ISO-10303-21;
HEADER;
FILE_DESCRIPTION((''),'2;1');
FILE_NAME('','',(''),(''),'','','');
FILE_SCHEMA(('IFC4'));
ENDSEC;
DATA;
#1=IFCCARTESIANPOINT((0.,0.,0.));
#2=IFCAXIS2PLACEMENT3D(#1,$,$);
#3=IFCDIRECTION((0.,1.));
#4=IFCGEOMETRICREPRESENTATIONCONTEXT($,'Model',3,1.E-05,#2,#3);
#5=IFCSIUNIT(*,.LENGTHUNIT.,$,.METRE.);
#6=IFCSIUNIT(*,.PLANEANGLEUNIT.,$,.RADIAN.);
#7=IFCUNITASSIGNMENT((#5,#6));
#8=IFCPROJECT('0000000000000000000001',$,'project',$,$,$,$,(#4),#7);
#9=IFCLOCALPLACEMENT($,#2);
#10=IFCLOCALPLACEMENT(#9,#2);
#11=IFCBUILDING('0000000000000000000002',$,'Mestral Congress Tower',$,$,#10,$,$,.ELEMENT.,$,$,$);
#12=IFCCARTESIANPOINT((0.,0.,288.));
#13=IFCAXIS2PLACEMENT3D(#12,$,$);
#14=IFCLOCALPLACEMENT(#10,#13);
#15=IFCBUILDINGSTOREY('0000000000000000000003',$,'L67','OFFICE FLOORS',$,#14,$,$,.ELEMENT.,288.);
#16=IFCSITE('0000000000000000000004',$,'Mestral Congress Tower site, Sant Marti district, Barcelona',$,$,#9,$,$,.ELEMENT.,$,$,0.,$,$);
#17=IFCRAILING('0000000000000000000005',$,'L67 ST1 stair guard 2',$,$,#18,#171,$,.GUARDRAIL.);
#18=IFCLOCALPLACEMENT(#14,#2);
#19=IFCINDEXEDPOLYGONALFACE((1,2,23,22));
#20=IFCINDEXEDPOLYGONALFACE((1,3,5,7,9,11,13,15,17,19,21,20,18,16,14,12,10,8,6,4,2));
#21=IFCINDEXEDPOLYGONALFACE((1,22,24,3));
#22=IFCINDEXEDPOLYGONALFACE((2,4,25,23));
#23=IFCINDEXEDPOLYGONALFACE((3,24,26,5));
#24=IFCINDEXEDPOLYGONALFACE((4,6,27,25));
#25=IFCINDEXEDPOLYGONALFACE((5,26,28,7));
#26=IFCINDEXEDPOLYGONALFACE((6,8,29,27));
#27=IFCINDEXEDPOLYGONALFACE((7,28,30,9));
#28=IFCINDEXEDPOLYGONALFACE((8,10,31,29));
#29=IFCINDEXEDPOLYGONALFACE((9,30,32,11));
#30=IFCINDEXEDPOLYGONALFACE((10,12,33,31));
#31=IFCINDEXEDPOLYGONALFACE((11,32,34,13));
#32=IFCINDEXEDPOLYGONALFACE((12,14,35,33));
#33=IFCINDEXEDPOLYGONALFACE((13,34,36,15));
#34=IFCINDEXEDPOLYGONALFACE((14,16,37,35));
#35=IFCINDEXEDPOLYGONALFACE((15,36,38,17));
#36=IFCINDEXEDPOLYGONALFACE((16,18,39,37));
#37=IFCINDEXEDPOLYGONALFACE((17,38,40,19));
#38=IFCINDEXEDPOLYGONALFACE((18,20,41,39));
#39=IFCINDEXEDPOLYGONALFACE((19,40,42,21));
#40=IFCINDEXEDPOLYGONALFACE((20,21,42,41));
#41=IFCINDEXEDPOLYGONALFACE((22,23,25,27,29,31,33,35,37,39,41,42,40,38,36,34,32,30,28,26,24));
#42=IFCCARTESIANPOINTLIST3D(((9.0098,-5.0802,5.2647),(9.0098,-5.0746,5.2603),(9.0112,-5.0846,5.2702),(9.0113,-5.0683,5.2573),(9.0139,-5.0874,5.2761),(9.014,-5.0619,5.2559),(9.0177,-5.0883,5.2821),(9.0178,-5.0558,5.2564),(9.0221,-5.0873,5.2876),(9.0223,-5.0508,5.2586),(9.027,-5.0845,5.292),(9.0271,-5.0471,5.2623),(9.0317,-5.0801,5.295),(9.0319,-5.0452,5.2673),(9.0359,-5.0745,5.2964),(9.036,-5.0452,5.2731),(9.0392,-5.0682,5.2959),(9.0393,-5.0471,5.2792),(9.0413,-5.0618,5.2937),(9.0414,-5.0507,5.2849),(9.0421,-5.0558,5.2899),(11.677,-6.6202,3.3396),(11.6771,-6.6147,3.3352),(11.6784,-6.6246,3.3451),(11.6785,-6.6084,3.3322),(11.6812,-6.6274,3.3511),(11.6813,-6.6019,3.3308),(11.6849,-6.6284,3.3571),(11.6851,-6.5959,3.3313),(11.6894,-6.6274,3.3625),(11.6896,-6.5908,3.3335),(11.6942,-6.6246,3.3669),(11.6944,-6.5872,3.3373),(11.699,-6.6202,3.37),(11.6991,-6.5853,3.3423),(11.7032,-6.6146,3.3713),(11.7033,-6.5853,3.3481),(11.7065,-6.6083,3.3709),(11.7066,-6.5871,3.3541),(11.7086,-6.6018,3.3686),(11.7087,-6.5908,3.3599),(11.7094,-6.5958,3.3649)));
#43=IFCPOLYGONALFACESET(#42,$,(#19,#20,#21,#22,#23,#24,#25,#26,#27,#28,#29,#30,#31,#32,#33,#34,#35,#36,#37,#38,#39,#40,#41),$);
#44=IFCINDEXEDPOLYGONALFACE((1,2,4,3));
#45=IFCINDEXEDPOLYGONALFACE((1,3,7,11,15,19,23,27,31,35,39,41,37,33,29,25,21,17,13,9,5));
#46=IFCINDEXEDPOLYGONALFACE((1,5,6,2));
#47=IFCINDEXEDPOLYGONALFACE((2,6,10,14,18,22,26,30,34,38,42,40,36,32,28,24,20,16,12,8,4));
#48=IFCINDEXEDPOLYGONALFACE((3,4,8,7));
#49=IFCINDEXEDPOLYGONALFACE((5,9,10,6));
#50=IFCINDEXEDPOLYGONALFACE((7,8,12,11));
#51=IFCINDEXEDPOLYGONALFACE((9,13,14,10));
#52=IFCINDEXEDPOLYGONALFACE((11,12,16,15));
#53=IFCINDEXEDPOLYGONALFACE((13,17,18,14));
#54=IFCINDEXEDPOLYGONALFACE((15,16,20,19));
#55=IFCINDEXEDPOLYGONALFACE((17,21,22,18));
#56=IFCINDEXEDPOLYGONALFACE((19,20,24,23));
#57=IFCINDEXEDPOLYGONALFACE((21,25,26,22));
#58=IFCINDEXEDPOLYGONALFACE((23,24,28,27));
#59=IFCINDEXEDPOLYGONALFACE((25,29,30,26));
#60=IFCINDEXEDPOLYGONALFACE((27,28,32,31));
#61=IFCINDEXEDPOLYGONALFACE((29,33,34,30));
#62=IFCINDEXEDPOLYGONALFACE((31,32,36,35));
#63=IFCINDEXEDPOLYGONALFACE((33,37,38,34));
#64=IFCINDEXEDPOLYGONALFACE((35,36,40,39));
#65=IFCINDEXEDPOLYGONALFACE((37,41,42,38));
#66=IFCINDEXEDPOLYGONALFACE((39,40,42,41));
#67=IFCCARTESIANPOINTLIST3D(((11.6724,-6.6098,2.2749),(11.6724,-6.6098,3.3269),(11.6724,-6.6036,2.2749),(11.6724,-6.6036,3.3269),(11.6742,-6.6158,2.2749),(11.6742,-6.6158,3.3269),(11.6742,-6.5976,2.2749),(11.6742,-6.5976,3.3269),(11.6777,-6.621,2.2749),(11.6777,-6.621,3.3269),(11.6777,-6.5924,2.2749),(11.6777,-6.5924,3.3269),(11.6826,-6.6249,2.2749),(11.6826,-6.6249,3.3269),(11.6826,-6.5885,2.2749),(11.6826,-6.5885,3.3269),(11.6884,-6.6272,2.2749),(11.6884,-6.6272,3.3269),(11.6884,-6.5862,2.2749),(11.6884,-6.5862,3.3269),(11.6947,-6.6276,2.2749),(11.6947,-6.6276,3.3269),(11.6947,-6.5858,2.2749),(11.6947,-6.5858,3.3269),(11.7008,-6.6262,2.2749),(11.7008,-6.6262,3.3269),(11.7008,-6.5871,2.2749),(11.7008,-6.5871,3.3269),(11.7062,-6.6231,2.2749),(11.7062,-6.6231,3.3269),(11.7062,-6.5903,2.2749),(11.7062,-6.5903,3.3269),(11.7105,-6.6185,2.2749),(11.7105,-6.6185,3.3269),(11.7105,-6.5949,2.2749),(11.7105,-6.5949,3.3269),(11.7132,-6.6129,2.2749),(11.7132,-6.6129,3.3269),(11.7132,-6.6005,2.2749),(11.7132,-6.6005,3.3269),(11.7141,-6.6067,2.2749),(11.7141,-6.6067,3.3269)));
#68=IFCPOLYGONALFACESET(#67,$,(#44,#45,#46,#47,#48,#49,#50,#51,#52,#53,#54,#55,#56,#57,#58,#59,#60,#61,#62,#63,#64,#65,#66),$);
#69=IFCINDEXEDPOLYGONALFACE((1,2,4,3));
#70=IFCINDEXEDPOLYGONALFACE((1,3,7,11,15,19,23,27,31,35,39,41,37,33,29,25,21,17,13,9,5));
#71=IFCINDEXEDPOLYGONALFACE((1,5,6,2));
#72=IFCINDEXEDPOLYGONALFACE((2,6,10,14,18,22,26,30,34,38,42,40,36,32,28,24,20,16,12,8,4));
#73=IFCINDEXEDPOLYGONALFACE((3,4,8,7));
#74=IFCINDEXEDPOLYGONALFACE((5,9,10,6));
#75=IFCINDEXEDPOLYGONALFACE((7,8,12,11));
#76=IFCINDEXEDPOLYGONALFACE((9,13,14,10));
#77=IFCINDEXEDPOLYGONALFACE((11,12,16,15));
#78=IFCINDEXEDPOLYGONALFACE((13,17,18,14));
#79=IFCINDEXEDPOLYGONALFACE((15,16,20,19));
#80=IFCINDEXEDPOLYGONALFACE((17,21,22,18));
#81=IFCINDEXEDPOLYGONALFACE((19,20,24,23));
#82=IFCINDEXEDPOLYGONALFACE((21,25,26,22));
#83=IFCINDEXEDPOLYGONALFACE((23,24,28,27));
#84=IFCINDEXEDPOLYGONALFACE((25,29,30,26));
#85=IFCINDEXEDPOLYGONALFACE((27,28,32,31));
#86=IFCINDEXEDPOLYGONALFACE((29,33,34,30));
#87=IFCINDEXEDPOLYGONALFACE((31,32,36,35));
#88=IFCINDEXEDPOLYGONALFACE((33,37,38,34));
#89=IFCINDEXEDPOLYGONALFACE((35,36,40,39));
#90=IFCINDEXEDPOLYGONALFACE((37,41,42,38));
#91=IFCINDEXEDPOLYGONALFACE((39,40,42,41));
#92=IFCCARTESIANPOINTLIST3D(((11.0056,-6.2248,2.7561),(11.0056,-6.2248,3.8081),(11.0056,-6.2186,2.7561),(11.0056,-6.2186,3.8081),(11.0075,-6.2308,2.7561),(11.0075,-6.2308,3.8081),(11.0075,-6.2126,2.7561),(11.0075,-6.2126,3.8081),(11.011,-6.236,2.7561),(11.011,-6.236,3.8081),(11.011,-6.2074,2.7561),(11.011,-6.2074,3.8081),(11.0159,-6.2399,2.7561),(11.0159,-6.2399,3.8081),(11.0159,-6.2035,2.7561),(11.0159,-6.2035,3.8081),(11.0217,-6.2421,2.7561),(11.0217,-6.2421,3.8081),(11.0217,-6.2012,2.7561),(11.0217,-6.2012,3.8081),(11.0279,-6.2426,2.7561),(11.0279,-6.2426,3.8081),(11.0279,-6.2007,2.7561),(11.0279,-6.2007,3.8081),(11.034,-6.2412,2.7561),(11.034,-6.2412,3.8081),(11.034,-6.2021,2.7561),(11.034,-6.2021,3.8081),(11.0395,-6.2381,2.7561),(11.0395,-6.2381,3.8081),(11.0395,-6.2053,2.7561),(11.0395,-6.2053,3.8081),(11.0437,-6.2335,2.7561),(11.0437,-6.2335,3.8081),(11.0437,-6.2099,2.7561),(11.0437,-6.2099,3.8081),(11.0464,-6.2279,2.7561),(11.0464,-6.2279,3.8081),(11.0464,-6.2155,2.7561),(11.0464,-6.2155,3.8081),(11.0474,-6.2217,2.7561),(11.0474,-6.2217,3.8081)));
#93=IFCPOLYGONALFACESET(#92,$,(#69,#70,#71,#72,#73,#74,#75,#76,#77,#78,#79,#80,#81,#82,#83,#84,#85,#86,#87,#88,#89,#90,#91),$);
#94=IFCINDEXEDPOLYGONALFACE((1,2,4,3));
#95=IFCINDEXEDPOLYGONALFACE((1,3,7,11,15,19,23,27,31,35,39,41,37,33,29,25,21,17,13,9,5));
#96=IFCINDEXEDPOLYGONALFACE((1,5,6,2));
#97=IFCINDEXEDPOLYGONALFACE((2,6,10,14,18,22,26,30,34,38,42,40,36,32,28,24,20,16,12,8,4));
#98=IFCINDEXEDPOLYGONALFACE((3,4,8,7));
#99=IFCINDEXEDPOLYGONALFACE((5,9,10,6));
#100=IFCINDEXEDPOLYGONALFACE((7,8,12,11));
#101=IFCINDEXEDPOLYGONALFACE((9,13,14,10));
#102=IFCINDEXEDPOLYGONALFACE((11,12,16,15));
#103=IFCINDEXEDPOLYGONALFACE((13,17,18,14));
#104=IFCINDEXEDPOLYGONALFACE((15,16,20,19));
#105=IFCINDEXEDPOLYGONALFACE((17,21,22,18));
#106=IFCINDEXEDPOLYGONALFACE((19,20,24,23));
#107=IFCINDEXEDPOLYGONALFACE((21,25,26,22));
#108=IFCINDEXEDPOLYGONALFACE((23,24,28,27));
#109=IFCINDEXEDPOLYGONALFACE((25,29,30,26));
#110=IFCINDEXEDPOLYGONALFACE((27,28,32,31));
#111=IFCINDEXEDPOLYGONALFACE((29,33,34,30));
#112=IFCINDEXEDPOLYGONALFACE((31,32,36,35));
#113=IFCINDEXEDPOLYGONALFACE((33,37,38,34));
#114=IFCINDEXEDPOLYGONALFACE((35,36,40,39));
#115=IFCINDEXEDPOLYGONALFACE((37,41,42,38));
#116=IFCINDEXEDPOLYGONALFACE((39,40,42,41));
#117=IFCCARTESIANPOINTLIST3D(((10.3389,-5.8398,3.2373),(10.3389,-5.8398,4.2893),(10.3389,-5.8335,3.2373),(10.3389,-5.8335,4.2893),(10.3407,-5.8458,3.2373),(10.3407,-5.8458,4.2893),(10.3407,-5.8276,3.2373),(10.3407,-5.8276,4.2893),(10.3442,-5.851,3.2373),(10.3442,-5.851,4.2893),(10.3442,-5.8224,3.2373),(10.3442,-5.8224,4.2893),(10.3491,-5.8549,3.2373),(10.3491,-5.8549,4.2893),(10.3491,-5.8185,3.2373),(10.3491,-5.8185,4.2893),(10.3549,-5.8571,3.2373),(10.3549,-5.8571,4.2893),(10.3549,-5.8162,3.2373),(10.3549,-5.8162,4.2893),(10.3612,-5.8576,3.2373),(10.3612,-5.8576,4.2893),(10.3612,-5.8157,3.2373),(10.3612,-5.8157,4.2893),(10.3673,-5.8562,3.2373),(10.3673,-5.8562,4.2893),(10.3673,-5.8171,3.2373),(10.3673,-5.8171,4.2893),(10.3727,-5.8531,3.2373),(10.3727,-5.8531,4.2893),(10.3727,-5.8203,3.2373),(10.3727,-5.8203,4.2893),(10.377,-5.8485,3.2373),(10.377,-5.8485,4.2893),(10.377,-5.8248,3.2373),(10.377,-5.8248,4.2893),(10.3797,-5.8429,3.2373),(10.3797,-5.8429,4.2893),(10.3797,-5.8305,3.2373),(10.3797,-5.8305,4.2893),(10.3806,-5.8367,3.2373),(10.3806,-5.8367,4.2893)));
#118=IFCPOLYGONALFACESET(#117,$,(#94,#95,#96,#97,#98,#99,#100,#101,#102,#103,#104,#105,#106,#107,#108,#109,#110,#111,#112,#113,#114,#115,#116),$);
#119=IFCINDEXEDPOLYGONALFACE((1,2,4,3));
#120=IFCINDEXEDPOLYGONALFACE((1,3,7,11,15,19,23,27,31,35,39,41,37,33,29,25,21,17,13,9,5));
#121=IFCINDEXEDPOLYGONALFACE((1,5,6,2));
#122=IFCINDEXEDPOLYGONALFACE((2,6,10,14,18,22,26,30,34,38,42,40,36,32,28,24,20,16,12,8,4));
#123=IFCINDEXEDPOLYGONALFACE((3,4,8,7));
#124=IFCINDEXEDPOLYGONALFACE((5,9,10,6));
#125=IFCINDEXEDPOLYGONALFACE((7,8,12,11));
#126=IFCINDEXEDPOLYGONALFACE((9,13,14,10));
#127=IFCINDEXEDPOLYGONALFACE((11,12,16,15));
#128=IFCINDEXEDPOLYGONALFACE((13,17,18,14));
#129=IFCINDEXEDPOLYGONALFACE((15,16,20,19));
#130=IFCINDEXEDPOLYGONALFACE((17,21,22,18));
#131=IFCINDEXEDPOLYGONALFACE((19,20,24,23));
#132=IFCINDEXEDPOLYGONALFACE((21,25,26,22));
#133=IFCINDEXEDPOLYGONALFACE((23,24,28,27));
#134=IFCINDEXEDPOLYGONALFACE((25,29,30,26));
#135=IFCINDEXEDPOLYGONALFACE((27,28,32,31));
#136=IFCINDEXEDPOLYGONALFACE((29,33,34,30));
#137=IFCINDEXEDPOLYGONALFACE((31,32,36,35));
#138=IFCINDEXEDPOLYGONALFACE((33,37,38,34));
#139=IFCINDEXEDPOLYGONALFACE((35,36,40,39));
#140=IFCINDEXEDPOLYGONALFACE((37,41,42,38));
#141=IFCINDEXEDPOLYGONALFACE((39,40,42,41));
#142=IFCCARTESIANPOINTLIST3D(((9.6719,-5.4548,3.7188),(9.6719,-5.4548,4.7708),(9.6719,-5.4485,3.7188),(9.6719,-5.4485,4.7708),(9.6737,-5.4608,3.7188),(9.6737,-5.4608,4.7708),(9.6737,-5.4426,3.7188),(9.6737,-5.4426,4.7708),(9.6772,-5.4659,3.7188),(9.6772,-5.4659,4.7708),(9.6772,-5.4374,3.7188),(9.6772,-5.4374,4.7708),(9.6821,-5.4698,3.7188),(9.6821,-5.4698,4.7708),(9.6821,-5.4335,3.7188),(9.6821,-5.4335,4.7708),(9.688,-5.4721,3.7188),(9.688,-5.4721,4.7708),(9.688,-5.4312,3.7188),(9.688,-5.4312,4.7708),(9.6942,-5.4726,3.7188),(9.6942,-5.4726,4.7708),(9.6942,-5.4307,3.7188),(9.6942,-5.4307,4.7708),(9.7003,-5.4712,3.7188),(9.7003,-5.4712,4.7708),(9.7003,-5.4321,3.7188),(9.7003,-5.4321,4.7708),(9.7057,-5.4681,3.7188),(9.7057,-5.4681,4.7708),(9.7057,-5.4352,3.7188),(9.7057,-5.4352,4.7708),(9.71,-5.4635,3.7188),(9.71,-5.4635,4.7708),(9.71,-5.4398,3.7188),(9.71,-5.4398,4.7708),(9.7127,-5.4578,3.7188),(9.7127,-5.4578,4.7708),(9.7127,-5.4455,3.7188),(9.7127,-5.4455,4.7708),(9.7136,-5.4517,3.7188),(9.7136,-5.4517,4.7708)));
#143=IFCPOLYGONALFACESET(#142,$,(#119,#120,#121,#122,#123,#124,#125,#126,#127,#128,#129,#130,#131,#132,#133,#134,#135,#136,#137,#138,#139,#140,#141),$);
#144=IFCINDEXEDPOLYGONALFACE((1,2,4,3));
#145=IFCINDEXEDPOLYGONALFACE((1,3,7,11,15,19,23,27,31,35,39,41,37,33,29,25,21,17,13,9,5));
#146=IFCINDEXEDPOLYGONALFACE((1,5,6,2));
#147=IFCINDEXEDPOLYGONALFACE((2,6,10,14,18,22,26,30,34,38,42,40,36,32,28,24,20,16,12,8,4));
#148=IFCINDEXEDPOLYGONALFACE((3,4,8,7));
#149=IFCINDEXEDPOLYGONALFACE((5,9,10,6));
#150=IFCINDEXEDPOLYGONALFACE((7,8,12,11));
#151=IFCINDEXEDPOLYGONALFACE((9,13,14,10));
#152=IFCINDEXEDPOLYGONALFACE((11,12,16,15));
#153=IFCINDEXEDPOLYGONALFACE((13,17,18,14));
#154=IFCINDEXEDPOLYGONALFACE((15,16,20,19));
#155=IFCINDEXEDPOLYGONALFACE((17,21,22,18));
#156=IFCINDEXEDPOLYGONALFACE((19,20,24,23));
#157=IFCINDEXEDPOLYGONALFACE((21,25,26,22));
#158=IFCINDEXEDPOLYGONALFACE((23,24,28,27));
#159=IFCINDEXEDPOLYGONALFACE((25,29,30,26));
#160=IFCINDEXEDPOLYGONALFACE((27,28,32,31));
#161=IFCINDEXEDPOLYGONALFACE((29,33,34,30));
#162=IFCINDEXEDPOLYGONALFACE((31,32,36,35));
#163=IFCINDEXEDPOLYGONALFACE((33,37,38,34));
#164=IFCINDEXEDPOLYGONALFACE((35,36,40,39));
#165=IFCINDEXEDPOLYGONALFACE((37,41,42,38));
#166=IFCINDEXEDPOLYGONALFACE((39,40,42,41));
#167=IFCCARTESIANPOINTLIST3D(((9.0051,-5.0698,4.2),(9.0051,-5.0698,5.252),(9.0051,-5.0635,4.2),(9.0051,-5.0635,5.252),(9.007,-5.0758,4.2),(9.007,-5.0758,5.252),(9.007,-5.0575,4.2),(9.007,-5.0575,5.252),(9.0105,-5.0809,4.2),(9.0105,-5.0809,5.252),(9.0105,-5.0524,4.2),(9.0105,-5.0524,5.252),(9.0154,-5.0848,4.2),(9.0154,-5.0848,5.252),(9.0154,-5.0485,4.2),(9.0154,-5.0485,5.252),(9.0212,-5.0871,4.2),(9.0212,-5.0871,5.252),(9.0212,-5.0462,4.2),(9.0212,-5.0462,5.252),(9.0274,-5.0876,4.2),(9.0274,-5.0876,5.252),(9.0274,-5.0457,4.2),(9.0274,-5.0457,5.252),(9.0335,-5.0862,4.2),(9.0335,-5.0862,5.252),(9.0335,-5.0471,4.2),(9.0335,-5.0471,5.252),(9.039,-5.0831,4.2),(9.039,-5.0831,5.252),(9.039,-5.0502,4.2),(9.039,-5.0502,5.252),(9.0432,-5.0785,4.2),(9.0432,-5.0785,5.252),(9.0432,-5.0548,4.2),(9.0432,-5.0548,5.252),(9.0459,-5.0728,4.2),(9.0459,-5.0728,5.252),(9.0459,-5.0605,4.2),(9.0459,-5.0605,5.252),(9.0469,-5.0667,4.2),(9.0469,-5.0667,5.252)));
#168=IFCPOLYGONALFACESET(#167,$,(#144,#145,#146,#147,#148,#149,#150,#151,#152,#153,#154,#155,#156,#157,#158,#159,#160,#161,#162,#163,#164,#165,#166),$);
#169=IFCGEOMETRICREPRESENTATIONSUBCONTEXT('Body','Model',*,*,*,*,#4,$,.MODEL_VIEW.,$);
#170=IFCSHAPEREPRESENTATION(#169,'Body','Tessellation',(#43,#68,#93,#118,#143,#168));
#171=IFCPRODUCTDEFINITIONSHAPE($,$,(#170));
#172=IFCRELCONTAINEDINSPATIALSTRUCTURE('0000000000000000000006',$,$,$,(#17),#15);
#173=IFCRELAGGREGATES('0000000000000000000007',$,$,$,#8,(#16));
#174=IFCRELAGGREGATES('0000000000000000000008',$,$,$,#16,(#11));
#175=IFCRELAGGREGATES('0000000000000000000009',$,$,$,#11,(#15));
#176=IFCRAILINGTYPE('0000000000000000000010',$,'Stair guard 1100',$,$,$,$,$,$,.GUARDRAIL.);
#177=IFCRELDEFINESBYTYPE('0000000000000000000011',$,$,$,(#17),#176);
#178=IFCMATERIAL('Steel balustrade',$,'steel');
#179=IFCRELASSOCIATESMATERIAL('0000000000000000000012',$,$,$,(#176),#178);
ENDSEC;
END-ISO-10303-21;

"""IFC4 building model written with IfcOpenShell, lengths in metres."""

from ifc_helpers import new_model, si_unit, direction, frame, origin, origin_2d, place, context, subcontext, project, spatial, circle, extrude, material, type_object, element, save


model = new_model("IFC4")

# Units and contexts
model_context = context("Model", 3, precision=1e-05, world=origin(), true_north=direction((0.0, 1.0)))
body_context = subcontext(model_context, "Body", "Model", "MODEL_VIEW")
ifc_project = project(units=[si_unit("LENGTHUNIT", "METRE"), si_unit("PLANEANGLEUNIT", "RADIAN")], contexts=[model_context])

# Site, building, storey
site_placement = place(None, origin())
site = spatial("IfcSite", under=ifc_project, at=site_placement, Name="Mestral Congress Tower site, Sant Marti district, Barcelona", CompositionType="ELEMENT", RefElevation=0.0)
building_placement = place(site_placement, origin())
building = spatial("IfcBuilding", under=site, at=building_placement, Name="Mestral Congress Tower", CompositionType="ELEMENT")
storey_placement = place(building_placement, frame((0.0, 0.0, 288.0)))
storey = spatial("IfcBuildingStorey", under=building, at=storey_placement, Name="L67", Description="OFFICE FLOORS", CompositionType="ELEMENT", Elevation=288.0)

# Railing
ifc_material_1 = material(Name="Steel balustrade", Category="steel")
railing_type = type_object("IfcRailingType", Name="Stair guard 1100", PredefinedType="GUARDRAIL", material=ifc_material_1)
railing_placement = place(storey_placement, frame((11.6931, -6.6067, 2.2749)))
element("IfcRailing", 1, at=railing_placement, inside=storey, type_object=railing_type, Name="L67 ST1 stair guard 2", PredefinedType="GUARDRAIL", context=body_context, shape_type="SweptSolid", body=[
    extrude(circle(Radius=0.0239, at=origin_2d()), frame((0.0, 0.0, 1.0762), z_axis=(-0.734364, 0.424015, 0.530019), x_axis=(-0.500027, -0.86601, 0.0)), (0.0, 0.0, 1.0), 3.6321),
    extrude(circle(Radius=0.021, at=origin_2d()), origin(), (0.0, 0.0, 1.0), 1.052),
    extrude(circle(Radius=0.021, at=origin_2d()), frame((-0.6667, 0.385, 0.4812)), (0.0, 0.0, 1.0), 1.052),
    extrude(circle(Radius=0.021, at=origin_2d()), frame((-1.3335, 0.77, 0.9624)), (0.0, 0.0, 1.0), 1.052),
    extrude(circle(Radius=0.021, at=origin_2d()), frame((-2.0005, 1.155, 1.4438)), (0.0, 0.0, 1.0), 1.052),
    extrude(circle(Radius=0.021, at=origin_2d()), frame((-2.6672, 1.54, 1.925)), (0.0, 0.0, 1.0), 1.052),
])

save(model, "model.ifc")
